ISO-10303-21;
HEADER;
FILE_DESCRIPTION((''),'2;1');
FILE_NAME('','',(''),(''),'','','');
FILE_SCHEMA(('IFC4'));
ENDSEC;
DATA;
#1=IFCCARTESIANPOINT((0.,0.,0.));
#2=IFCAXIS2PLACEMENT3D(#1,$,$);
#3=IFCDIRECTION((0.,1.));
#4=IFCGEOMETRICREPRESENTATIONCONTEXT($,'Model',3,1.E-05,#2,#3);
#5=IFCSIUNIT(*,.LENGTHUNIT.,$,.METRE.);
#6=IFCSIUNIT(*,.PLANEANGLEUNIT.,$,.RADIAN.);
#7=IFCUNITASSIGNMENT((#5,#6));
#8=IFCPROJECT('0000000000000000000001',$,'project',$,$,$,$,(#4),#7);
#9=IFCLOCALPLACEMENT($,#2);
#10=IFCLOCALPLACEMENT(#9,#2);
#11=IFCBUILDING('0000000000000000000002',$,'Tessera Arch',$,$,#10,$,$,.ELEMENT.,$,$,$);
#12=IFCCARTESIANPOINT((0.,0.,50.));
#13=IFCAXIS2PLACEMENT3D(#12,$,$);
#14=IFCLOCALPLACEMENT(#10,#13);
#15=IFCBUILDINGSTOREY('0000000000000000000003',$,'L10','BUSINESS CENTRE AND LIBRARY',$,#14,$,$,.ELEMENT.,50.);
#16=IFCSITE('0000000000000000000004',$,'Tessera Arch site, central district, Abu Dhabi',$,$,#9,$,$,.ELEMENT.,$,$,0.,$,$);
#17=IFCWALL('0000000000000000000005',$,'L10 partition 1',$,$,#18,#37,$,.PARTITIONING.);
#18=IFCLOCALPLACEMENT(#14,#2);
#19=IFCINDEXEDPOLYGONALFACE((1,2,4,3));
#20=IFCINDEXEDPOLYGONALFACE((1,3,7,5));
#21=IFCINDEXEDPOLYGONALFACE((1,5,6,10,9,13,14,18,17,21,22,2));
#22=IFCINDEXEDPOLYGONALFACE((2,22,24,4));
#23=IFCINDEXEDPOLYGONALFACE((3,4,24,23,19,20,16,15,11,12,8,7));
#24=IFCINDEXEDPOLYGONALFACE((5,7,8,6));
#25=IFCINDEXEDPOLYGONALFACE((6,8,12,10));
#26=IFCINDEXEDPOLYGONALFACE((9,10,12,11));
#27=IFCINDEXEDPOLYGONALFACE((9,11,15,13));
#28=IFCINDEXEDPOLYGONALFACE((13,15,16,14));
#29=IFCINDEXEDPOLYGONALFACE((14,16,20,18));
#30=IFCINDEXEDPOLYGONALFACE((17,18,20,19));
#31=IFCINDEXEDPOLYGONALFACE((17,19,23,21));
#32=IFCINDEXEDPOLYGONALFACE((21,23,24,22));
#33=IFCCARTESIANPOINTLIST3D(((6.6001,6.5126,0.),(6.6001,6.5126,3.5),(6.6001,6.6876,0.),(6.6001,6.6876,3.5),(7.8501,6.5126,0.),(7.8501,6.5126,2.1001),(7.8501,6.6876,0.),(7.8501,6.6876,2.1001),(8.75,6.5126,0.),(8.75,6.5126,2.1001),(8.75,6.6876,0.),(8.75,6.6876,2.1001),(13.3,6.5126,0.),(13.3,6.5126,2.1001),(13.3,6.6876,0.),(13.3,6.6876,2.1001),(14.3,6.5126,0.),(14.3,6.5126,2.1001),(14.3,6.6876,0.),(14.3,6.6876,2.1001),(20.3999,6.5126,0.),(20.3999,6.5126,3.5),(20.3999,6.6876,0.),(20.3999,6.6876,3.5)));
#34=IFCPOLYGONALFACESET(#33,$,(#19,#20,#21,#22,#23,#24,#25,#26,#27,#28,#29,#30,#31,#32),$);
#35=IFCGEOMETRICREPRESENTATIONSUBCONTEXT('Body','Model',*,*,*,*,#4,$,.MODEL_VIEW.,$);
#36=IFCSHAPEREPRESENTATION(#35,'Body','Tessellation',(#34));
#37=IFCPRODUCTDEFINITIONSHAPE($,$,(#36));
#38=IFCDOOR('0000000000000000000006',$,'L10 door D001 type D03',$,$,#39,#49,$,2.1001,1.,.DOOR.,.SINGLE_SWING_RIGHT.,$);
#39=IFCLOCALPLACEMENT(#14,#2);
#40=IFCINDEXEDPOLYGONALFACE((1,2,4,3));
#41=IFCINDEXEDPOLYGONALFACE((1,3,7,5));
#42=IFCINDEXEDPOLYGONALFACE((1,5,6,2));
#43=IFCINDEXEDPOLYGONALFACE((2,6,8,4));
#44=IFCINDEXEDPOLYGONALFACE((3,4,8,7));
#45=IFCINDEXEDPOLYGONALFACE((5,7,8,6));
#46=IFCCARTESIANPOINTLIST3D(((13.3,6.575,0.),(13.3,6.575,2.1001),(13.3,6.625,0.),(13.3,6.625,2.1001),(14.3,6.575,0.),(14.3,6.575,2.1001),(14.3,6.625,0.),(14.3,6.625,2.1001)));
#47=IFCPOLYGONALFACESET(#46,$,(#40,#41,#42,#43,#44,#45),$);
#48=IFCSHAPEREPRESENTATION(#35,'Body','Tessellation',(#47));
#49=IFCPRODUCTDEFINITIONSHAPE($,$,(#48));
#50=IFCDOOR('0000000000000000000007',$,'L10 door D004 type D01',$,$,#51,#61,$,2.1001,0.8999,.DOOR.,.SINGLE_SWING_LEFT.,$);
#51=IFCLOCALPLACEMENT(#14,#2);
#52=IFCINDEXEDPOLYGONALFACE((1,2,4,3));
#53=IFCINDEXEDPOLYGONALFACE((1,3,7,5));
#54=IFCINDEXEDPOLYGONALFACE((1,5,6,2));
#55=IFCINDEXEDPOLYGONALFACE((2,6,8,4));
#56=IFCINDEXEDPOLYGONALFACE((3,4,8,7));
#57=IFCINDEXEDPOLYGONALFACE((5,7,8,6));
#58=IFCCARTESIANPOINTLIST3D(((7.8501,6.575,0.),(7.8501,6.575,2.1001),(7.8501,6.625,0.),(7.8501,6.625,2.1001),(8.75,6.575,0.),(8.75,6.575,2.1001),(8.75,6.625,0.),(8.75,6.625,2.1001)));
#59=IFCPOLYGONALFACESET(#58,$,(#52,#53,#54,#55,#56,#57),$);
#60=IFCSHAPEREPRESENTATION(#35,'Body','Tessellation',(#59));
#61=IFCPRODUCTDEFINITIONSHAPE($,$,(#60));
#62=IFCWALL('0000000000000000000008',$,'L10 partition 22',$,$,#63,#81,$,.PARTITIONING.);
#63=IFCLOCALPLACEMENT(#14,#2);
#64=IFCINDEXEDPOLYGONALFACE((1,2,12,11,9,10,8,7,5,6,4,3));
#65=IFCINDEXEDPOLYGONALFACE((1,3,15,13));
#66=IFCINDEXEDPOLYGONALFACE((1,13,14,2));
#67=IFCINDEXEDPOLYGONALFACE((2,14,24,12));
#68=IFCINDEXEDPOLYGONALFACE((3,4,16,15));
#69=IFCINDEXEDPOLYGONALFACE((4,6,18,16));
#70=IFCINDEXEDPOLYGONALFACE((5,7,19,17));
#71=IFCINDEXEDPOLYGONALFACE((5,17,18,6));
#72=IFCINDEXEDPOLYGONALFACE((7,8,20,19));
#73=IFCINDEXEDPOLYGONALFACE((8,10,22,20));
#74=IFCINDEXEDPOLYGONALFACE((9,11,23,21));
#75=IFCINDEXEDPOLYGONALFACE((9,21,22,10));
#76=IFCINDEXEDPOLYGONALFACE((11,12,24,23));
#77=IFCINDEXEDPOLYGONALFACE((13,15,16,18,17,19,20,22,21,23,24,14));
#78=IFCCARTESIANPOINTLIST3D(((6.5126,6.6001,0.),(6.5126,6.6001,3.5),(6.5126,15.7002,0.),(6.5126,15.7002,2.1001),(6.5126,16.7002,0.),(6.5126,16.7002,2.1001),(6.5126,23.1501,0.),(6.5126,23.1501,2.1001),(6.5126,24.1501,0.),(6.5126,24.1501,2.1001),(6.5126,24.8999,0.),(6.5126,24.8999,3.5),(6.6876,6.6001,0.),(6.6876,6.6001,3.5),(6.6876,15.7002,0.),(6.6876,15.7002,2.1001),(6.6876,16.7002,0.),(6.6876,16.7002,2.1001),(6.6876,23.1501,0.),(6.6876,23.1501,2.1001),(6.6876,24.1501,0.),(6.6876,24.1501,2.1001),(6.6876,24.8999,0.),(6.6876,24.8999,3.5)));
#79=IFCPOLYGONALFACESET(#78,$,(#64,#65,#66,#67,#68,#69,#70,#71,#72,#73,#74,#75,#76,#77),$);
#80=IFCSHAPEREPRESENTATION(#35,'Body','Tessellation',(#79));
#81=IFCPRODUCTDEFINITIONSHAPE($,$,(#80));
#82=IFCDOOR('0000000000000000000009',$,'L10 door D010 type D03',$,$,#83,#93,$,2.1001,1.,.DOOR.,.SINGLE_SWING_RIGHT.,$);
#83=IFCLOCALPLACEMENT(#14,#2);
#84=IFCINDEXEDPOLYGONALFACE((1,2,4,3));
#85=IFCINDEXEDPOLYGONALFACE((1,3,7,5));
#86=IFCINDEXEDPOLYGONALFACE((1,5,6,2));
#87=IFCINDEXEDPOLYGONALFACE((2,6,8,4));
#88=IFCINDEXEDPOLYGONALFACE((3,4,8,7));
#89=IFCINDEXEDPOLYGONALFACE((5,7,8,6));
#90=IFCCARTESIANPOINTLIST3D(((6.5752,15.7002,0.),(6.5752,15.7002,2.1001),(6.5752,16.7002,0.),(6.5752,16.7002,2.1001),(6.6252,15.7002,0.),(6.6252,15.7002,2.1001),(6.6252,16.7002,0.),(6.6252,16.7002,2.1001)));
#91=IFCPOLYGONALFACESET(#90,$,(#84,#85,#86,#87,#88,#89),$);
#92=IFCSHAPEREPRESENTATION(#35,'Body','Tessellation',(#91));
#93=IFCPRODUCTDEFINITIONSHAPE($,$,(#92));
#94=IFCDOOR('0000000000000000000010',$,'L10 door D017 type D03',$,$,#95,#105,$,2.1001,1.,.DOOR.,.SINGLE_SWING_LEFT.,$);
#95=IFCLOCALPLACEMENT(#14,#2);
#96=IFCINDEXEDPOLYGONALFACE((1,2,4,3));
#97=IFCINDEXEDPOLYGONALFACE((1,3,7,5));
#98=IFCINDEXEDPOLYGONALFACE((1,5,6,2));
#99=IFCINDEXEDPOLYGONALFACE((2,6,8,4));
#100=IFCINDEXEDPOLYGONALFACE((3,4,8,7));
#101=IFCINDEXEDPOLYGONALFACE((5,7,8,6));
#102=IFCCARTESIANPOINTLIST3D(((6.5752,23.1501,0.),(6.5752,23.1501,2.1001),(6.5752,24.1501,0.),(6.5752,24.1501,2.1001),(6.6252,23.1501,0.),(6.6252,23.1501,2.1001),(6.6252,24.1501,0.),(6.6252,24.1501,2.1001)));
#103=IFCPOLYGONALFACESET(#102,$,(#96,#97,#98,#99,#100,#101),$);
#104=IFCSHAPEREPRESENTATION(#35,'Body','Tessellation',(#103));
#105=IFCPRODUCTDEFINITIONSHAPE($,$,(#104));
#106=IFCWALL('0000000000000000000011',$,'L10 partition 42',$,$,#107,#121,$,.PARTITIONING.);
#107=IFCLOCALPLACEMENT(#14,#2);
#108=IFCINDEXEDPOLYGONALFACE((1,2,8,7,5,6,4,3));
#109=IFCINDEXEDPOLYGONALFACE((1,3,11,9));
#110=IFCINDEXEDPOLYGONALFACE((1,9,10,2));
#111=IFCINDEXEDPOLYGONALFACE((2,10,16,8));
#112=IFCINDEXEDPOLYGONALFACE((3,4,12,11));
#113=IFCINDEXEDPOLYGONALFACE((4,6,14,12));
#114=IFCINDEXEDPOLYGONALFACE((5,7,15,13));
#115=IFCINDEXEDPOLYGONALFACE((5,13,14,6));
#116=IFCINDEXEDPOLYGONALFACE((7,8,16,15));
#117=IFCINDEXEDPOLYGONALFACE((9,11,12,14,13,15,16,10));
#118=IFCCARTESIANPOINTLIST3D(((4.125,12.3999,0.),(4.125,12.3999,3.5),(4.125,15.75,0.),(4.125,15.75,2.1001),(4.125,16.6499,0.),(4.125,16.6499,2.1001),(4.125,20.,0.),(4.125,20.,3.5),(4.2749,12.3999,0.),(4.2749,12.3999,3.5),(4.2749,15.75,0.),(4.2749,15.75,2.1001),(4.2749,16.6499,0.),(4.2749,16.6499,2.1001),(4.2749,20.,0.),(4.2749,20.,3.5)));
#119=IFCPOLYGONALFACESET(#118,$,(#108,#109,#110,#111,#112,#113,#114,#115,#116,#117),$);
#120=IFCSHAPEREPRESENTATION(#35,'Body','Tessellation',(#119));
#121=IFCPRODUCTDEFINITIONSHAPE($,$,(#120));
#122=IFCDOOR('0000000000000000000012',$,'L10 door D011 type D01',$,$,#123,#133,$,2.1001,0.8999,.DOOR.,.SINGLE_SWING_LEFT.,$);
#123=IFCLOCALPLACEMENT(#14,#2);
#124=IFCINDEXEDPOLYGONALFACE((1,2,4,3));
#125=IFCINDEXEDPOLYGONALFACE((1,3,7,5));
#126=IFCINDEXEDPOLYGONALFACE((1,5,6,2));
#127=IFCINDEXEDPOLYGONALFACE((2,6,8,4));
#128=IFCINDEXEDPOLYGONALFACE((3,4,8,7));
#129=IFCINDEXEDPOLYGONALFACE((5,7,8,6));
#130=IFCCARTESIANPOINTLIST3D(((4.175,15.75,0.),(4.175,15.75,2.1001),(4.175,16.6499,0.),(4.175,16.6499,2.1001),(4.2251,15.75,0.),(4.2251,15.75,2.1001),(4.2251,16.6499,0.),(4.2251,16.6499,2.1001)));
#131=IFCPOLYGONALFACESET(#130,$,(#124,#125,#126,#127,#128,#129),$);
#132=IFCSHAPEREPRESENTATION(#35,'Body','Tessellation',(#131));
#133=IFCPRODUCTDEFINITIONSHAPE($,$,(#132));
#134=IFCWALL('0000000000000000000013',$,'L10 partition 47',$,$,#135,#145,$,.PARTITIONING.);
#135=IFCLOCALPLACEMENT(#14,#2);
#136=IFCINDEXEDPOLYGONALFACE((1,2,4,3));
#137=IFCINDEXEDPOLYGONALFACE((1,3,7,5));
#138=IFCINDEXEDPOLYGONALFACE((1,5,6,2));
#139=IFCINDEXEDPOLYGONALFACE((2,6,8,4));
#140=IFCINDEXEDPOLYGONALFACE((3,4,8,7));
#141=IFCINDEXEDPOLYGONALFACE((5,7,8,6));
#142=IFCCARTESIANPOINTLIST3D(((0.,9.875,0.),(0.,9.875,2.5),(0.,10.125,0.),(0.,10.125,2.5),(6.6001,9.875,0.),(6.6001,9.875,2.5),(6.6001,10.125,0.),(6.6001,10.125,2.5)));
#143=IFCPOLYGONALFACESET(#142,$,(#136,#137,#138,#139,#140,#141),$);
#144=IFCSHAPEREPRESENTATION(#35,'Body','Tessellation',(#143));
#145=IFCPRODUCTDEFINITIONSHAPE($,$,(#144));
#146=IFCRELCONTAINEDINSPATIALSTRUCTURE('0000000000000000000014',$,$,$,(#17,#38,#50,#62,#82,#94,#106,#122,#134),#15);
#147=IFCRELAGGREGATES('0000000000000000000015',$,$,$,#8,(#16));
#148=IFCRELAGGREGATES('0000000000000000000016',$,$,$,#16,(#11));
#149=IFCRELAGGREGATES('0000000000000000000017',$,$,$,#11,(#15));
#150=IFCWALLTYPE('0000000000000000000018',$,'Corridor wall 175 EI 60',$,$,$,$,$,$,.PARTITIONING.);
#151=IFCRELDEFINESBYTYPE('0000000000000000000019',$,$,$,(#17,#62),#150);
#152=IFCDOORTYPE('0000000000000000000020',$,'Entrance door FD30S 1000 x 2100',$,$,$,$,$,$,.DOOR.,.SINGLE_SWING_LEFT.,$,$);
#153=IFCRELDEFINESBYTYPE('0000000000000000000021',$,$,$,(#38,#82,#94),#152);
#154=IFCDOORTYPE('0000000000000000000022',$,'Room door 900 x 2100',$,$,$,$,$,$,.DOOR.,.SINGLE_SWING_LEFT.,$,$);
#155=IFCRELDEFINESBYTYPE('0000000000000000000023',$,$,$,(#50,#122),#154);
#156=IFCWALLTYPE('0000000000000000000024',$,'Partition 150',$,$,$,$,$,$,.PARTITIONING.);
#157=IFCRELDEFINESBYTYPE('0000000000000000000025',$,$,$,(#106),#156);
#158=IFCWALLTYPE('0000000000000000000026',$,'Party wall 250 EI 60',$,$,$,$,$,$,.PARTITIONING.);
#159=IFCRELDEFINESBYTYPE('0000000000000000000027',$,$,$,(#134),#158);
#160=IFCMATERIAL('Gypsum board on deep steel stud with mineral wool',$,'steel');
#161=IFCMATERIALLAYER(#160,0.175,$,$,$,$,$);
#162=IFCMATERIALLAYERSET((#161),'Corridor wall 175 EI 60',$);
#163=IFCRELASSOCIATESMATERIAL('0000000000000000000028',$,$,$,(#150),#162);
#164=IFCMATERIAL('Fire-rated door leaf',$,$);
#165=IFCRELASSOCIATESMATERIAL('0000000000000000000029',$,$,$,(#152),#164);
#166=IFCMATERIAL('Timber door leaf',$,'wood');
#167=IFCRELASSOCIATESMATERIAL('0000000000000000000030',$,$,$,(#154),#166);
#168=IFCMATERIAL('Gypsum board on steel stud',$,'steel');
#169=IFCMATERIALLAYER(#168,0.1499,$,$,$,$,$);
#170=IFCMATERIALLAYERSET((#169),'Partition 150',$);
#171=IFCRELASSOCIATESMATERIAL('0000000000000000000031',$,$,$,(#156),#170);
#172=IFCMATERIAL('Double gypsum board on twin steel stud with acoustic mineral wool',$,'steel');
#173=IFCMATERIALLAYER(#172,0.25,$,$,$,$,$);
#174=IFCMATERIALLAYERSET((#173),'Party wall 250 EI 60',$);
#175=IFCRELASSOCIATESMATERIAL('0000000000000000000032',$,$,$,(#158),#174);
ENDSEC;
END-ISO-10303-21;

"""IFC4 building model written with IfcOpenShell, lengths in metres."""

from ifc_helpers import new_model, si_unit, direction, frame, frame_2d, origin, place, context, subcontext, project, spatial, rectangle, extrude, material, layer, layer_set, type_object, element, fill, save


model = new_model("IFC4")

# Units and contexts
model_context = context("Model", 3, precision=1e-05, world=origin(), true_north=direction((0.0, 1.0)))
body_context = subcontext(model_context, "Body", "Model", "MODEL_VIEW")
ifc_project = project(units=[si_unit("LENGTHUNIT", "METRE"), si_unit("PLANEANGLEUNIT", "RADIAN")], contexts=[model_context])

# Site, building, storey
site_placement = place(None, origin())
site = spatial("IfcSite", under=ifc_project, at=site_placement, Name="Tessera Arch site, central district, Abu Dhabi", CompositionType="ELEMENT", RefElevation=0.0)
building_placement = place(site_placement, origin())
building = spatial("IfcBuilding", under=site, at=building_placement, Name="Tessera Arch", CompositionType="ELEMENT")
storey_placement = place(building_placement, frame((0.0, 0.0, 50.0)))
storey = spatial("IfcBuildingStorey", under=building, at=storey_placement, Name="L10", Description="BUSINESS CENTRE AND LIBRARY", CompositionType="ELEMENT", Elevation=50.0)

# Walls, openings, doors
ifc_material_1 = material(Name="Gypsum board on deep steel stud with mineral wool", Category="steel")
ifc_layer_1 = layer(ifc_material_1, 0.175)
ifc_layer_set_1 = layer_set([ifc_layer_1], Name="Corridor wall 175 EI 60")
wall_type_1 = type_object("IfcWallType", Name="Corridor wall 175 EI 60", PredefinedType="PARTITIONING", material=ifc_layer_set_1)
wall_1_placement = place(storey_placement, frame((6.6001, 6.6001, 0.0), z_axis=(0.0, 0.0, 1.0), x_axis=(1.0, 0.0, 0.0)))
wall_1 = element("IfcWall", 1, at=wall_1_placement, inside=storey, type_object=wall_type_1, Name="L10 partition 1", PredefinedType="PARTITIONING", context=body_context, shape_type="SweptSolid", body=[
    extrude(rectangle(XDim=13.7998, YDim=0.175, at=frame_2d((6.8999, 0.0))), origin(), (0.0, 0.0, 1.0), 3.5),
])
opening_1_placement = place(wall_1_placement, frame((6.7, 0.0, 0.0)))
opening_1 = element("IfcOpeningElement", 2, at=opening_1_placement, cuts=wall_1, PredefinedType="OPENING", context=body_context, shape_type="SweptSolid", body=[
    extrude(rectangle(XDim=1.0, YDim=2.1001, at=frame_2d((0.5, 1.05))), frame((0.0, 0.0974, 0.0), z_axis=(0.0, -1.0, 0.0), x_axis=(1.0, 0.0, 0.0)), (0.0, 0.0, 1.0), 0.1951),
])
opening_2_placement = place(wall_1_placement, frame((1.25, 0.0, 0.0)))
opening_2 = element("IfcOpeningElement", 3, at=opening_2_placement, cuts=wall_1, PredefinedType="OPENING", context=body_context, shape_type="SweptSolid", body=[
    extrude(rectangle(XDim=0.8999, YDim=2.1001, at=frame_2d((0.45, 1.05))), frame((0.0, 0.0974, 0.0), z_axis=(0.0, -1.0, 0.0), x_axis=(1.0, 0.0, 0.0)), (0.0, 0.0, 1.0), 0.1951),
])
ifc_material_2 = material(Name="Fire-rated door leaf")
door_type_1 = type_object("IfcDoorType", Name="Entrance door FD30S 1000 x 2100", OperationType="SINGLE_SWING_LEFT", PredefinedType="DOOR", material=ifc_material_2)
door_1_placement = place(opening_1_placement, origin())
door_1 = element("IfcDoor", 4, at=door_1_placement, inside=storey, type_object=door_type_1, Name="L10 door D001 type D03", OperationType="SINGLE_SWING_RIGHT", OverallHeight=2.1001, OverallWidth=1.0, PredefinedType="DOOR", context=body_context, shape_type="SweptSolid", body=[
    extrude(rectangle(XDim=1.0, YDim=2.1001, at=frame_2d((0.5, 1.05))), frame((0.0, 0.0249, 0.0), z_axis=(0.0, -1.0, 0.0), x_axis=(1.0, 0.0, 0.0)), (0.0, 0.0, 1.0), 0.05),
])
fill(opening_1, door_1)
ifc_material_3 = material(Name="Timber door leaf", Category="wood")
door_type_2 = type_object("IfcDoorType", Name="Room door 900 x 2100", OperationType="SINGLE_SWING_LEFT", PredefinedType="DOOR", material=ifc_material_3)
door_2_placement = place(opening_2_placement, origin())
door_2 = element("IfcDoor", 5, at=door_2_placement, inside=storey, type_object=door_type_2, Name="L10 door D004 type D01", OperationType="SINGLE_SWING_LEFT", OverallHeight=2.1001, OverallWidth=0.8999, PredefinedType="DOOR", context=body_context, shape_type="SweptSolid", body=[
    extrude(rectangle(XDim=0.8999, YDim=2.1001, at=frame_2d((0.45, 1.05))), frame((0.0, 0.0249, 0.0), z_axis=(0.0, -1.0, 0.0), x_axis=(1.0, 0.0, 0.0)), (0.0, 0.0, 1.0), 0.05),
])
fill(opening_2, door_2)
wall_2_placement = place(storey_placement, frame((6.6001, 6.6001, 0.0), z_axis=(0.0, 0.0, 1.0), x_axis=(0.0, 1.0, 0.0)))
wall_2 = element("IfcWall", 6, at=wall_2_placement, inside=storey, type_object=wall_type_1, Name="L10 partition 22", PredefinedType="PARTITIONING", context=body_context, shape_type="SweptSolid", body=[
    extrude(rectangle(XDim=18.2998, YDim=0.175, at=frame_2d((9.1499, 0.0))), origin(), (0.0, 0.0, 1.0), 3.5),
])
opening_3_placement = place(wall_2_placement, frame((9.1001, 0.0, 0.0)))
opening_3 = element("IfcOpeningElement", 7, at=opening_3_placement, cuts=wall_2, PredefinedType="OPENING", context=body_context, shape_type="SweptSolid", body=[
    extrude(rectangle(XDim=1.0, YDim=2.1001, at=frame_2d((0.5, 1.05))), frame((0.0, 0.0974, 0.0), z_axis=(0.0, -1.0, 0.0), x_axis=(1.0, 0.0, 0.0)), (0.0, 0.0, 1.0), 0.1951),
])
opening_4_placement = place(wall_2_placement, frame((16.55, 0.0, 0.0)))
opening_4 = element("IfcOpeningElement", 8, at=opening_4_placement, cuts=wall_2, PredefinedType="OPENING", context=body_context, shape_type="SweptSolid", body=[
    extrude(rectangle(XDim=1.0, YDim=2.1001, at=frame_2d((0.5, 1.05))), frame((0.0, 0.0974, 0.0), z_axis=(0.0, -1.0, 0.0), x_axis=(1.0, 0.0, 0.0)), (0.0, 0.0, 1.0), 0.1951),
])
door_3_placement = place(opening_3_placement, origin())
door_3 = element("IfcDoor", 9, at=door_3_placement, inside=storey, type_object=door_type_1, Name="L10 door D010 type D03", OperationType="SINGLE_SWING_RIGHT", OverallHeight=2.1001, OverallWidth=1.0, PredefinedType="DOOR", context=body_context, shape_type="SweptSolid", body=[
    extrude(rectangle(XDim=1.0, YDim=2.1001, at=frame_2d((0.5, 1.05))), frame((0.0, 0.0249, 0.0), z_axis=(0.0, -1.0, 0.0), x_axis=(1.0, 0.0, 0.0)), (0.0, 0.0, 1.0), 0.05),
])
fill(opening_3, door_3)
door_4_placement = place(opening_4_placement, origin())
door_4 = element("IfcDoor", 10, at=door_4_placement, inside=storey, type_object=door_type_1, Name="L10 door D017 type D03", OperationType="SINGLE_SWING_LEFT", OverallHeight=2.1001, OverallWidth=1.0, PredefinedType="DOOR", context=body_context, shape_type="SweptSolid", body=[
    extrude(rectangle(XDim=1.0, YDim=2.1001, at=frame_2d((0.5, 1.05))), frame((0.0, 0.0249, 0.0), z_axis=(0.0, -1.0, 0.0), x_axis=(1.0, 0.0, 0.0)), (0.0, 0.0, 1.0), 0.05),
])
fill(opening_4, door_4)

# Wall, opening, door
ifc_material_4 = material(Name="Gypsum board on steel stud", Category="steel")
ifc_layer_2 = layer(ifc_material_4, 0.1499)
ifc_layer_set_2 = layer_set([ifc_layer_2], Name="Partition 150")
wall_type_2 = type_object("IfcWallType", Name="Partition 150", PredefinedType="PARTITIONING", material=ifc_layer_set_2)
wall_3_placement = place(storey_placement, frame((4.2, 12.3999, 0.0), z_axis=(0.0, 0.0, 1.0), x_axis=(0.0, 1.0, 0.0)))
wall_3 = element("IfcWall", 11, at=wall_3_placement, inside=storey, type_object=wall_type_2, Name="L10 partition 42", PredefinedType="PARTITIONING", context=body_context, shape_type="SweptSolid", body=[
    extrude(rectangle(XDim=7.6001, YDim=0.1499, at=frame_2d((3.8, 0.0))), origin(), (0.0, 0.0, 1.0), 3.5),
])
opening_5_placement = place(wall_3_placement, frame((3.3501, 0.0, 0.0)))
opening_5 = element("IfcOpeningElement", 12, at=opening_5_placement, cuts=wall_3, PredefinedType="OPENING", context=body_context, shape_type="SweptSolid", body=[
    extrude(rectangle(XDim=0.8999, YDim=2.1001, at=frame_2d((0.45, 1.05))), frame((0.0, 0.085, 0.0), z_axis=(0.0, -1.0, 0.0), x_axis=(1.0, 0.0, 0.0)), (0.0, 0.0, 1.0), 0.1699),
])
door_5_placement = place(opening_5_placement, origin())
door_5 = element("IfcDoor", 13, at=door_5_placement, inside=storey, type_object=door_type_2, Name="L10 door D011 type D01", OperationType="SINGLE_SWING_LEFT", OverallHeight=2.1001, OverallWidth=0.8999, PredefinedType="DOOR", context=body_context, shape_type="SweptSolid", body=[
    extrude(rectangle(XDim=0.8999, YDim=2.1001, at=frame_2d((0.45, 1.05))), frame((0.0, 0.0249, 0.0), z_axis=(0.0, -1.0, 0.0), x_axis=(1.0, 0.0, 0.0)), (0.0, 0.0, 1.0), 0.05),
])
fill(opening_5, door_5)

# Wall
ifc_material_5 = material(Name="Double gypsum board on twin steel stud with acoustic mineral wool", Category="steel")
ifc_layer_3 = layer(ifc_material_5, 0.25)
ifc_layer_set_3 = layer_set([ifc_layer_3], Name="Party wall 250 EI 60")
wall_type_3 = type_object("IfcWallType", Name="Party wall 250 EI 60", PredefinedType="PARTITIONING", material=ifc_layer_set_3)
wall_4_placement = place(storey_placement, frame((0.0, 10.0, 0.0), z_axis=(0.0, 0.0, 1.0), x_axis=(1.0, 0.0, 0.0)))
element("IfcWall", 14, at=wall_4_placement, inside=storey, type_object=wall_type_3, Name="L10 partition 47", PredefinedType="PARTITIONING", context=body_context, shape_type="SweptSolid", body=[
    extrude(rectangle(XDim=6.6001, YDim=0.25, at=frame_2d((3.3, 0.0))), origin(), (0.0, 0.0, 1.0), 2.5),
])

save(model, "model.ifc")
